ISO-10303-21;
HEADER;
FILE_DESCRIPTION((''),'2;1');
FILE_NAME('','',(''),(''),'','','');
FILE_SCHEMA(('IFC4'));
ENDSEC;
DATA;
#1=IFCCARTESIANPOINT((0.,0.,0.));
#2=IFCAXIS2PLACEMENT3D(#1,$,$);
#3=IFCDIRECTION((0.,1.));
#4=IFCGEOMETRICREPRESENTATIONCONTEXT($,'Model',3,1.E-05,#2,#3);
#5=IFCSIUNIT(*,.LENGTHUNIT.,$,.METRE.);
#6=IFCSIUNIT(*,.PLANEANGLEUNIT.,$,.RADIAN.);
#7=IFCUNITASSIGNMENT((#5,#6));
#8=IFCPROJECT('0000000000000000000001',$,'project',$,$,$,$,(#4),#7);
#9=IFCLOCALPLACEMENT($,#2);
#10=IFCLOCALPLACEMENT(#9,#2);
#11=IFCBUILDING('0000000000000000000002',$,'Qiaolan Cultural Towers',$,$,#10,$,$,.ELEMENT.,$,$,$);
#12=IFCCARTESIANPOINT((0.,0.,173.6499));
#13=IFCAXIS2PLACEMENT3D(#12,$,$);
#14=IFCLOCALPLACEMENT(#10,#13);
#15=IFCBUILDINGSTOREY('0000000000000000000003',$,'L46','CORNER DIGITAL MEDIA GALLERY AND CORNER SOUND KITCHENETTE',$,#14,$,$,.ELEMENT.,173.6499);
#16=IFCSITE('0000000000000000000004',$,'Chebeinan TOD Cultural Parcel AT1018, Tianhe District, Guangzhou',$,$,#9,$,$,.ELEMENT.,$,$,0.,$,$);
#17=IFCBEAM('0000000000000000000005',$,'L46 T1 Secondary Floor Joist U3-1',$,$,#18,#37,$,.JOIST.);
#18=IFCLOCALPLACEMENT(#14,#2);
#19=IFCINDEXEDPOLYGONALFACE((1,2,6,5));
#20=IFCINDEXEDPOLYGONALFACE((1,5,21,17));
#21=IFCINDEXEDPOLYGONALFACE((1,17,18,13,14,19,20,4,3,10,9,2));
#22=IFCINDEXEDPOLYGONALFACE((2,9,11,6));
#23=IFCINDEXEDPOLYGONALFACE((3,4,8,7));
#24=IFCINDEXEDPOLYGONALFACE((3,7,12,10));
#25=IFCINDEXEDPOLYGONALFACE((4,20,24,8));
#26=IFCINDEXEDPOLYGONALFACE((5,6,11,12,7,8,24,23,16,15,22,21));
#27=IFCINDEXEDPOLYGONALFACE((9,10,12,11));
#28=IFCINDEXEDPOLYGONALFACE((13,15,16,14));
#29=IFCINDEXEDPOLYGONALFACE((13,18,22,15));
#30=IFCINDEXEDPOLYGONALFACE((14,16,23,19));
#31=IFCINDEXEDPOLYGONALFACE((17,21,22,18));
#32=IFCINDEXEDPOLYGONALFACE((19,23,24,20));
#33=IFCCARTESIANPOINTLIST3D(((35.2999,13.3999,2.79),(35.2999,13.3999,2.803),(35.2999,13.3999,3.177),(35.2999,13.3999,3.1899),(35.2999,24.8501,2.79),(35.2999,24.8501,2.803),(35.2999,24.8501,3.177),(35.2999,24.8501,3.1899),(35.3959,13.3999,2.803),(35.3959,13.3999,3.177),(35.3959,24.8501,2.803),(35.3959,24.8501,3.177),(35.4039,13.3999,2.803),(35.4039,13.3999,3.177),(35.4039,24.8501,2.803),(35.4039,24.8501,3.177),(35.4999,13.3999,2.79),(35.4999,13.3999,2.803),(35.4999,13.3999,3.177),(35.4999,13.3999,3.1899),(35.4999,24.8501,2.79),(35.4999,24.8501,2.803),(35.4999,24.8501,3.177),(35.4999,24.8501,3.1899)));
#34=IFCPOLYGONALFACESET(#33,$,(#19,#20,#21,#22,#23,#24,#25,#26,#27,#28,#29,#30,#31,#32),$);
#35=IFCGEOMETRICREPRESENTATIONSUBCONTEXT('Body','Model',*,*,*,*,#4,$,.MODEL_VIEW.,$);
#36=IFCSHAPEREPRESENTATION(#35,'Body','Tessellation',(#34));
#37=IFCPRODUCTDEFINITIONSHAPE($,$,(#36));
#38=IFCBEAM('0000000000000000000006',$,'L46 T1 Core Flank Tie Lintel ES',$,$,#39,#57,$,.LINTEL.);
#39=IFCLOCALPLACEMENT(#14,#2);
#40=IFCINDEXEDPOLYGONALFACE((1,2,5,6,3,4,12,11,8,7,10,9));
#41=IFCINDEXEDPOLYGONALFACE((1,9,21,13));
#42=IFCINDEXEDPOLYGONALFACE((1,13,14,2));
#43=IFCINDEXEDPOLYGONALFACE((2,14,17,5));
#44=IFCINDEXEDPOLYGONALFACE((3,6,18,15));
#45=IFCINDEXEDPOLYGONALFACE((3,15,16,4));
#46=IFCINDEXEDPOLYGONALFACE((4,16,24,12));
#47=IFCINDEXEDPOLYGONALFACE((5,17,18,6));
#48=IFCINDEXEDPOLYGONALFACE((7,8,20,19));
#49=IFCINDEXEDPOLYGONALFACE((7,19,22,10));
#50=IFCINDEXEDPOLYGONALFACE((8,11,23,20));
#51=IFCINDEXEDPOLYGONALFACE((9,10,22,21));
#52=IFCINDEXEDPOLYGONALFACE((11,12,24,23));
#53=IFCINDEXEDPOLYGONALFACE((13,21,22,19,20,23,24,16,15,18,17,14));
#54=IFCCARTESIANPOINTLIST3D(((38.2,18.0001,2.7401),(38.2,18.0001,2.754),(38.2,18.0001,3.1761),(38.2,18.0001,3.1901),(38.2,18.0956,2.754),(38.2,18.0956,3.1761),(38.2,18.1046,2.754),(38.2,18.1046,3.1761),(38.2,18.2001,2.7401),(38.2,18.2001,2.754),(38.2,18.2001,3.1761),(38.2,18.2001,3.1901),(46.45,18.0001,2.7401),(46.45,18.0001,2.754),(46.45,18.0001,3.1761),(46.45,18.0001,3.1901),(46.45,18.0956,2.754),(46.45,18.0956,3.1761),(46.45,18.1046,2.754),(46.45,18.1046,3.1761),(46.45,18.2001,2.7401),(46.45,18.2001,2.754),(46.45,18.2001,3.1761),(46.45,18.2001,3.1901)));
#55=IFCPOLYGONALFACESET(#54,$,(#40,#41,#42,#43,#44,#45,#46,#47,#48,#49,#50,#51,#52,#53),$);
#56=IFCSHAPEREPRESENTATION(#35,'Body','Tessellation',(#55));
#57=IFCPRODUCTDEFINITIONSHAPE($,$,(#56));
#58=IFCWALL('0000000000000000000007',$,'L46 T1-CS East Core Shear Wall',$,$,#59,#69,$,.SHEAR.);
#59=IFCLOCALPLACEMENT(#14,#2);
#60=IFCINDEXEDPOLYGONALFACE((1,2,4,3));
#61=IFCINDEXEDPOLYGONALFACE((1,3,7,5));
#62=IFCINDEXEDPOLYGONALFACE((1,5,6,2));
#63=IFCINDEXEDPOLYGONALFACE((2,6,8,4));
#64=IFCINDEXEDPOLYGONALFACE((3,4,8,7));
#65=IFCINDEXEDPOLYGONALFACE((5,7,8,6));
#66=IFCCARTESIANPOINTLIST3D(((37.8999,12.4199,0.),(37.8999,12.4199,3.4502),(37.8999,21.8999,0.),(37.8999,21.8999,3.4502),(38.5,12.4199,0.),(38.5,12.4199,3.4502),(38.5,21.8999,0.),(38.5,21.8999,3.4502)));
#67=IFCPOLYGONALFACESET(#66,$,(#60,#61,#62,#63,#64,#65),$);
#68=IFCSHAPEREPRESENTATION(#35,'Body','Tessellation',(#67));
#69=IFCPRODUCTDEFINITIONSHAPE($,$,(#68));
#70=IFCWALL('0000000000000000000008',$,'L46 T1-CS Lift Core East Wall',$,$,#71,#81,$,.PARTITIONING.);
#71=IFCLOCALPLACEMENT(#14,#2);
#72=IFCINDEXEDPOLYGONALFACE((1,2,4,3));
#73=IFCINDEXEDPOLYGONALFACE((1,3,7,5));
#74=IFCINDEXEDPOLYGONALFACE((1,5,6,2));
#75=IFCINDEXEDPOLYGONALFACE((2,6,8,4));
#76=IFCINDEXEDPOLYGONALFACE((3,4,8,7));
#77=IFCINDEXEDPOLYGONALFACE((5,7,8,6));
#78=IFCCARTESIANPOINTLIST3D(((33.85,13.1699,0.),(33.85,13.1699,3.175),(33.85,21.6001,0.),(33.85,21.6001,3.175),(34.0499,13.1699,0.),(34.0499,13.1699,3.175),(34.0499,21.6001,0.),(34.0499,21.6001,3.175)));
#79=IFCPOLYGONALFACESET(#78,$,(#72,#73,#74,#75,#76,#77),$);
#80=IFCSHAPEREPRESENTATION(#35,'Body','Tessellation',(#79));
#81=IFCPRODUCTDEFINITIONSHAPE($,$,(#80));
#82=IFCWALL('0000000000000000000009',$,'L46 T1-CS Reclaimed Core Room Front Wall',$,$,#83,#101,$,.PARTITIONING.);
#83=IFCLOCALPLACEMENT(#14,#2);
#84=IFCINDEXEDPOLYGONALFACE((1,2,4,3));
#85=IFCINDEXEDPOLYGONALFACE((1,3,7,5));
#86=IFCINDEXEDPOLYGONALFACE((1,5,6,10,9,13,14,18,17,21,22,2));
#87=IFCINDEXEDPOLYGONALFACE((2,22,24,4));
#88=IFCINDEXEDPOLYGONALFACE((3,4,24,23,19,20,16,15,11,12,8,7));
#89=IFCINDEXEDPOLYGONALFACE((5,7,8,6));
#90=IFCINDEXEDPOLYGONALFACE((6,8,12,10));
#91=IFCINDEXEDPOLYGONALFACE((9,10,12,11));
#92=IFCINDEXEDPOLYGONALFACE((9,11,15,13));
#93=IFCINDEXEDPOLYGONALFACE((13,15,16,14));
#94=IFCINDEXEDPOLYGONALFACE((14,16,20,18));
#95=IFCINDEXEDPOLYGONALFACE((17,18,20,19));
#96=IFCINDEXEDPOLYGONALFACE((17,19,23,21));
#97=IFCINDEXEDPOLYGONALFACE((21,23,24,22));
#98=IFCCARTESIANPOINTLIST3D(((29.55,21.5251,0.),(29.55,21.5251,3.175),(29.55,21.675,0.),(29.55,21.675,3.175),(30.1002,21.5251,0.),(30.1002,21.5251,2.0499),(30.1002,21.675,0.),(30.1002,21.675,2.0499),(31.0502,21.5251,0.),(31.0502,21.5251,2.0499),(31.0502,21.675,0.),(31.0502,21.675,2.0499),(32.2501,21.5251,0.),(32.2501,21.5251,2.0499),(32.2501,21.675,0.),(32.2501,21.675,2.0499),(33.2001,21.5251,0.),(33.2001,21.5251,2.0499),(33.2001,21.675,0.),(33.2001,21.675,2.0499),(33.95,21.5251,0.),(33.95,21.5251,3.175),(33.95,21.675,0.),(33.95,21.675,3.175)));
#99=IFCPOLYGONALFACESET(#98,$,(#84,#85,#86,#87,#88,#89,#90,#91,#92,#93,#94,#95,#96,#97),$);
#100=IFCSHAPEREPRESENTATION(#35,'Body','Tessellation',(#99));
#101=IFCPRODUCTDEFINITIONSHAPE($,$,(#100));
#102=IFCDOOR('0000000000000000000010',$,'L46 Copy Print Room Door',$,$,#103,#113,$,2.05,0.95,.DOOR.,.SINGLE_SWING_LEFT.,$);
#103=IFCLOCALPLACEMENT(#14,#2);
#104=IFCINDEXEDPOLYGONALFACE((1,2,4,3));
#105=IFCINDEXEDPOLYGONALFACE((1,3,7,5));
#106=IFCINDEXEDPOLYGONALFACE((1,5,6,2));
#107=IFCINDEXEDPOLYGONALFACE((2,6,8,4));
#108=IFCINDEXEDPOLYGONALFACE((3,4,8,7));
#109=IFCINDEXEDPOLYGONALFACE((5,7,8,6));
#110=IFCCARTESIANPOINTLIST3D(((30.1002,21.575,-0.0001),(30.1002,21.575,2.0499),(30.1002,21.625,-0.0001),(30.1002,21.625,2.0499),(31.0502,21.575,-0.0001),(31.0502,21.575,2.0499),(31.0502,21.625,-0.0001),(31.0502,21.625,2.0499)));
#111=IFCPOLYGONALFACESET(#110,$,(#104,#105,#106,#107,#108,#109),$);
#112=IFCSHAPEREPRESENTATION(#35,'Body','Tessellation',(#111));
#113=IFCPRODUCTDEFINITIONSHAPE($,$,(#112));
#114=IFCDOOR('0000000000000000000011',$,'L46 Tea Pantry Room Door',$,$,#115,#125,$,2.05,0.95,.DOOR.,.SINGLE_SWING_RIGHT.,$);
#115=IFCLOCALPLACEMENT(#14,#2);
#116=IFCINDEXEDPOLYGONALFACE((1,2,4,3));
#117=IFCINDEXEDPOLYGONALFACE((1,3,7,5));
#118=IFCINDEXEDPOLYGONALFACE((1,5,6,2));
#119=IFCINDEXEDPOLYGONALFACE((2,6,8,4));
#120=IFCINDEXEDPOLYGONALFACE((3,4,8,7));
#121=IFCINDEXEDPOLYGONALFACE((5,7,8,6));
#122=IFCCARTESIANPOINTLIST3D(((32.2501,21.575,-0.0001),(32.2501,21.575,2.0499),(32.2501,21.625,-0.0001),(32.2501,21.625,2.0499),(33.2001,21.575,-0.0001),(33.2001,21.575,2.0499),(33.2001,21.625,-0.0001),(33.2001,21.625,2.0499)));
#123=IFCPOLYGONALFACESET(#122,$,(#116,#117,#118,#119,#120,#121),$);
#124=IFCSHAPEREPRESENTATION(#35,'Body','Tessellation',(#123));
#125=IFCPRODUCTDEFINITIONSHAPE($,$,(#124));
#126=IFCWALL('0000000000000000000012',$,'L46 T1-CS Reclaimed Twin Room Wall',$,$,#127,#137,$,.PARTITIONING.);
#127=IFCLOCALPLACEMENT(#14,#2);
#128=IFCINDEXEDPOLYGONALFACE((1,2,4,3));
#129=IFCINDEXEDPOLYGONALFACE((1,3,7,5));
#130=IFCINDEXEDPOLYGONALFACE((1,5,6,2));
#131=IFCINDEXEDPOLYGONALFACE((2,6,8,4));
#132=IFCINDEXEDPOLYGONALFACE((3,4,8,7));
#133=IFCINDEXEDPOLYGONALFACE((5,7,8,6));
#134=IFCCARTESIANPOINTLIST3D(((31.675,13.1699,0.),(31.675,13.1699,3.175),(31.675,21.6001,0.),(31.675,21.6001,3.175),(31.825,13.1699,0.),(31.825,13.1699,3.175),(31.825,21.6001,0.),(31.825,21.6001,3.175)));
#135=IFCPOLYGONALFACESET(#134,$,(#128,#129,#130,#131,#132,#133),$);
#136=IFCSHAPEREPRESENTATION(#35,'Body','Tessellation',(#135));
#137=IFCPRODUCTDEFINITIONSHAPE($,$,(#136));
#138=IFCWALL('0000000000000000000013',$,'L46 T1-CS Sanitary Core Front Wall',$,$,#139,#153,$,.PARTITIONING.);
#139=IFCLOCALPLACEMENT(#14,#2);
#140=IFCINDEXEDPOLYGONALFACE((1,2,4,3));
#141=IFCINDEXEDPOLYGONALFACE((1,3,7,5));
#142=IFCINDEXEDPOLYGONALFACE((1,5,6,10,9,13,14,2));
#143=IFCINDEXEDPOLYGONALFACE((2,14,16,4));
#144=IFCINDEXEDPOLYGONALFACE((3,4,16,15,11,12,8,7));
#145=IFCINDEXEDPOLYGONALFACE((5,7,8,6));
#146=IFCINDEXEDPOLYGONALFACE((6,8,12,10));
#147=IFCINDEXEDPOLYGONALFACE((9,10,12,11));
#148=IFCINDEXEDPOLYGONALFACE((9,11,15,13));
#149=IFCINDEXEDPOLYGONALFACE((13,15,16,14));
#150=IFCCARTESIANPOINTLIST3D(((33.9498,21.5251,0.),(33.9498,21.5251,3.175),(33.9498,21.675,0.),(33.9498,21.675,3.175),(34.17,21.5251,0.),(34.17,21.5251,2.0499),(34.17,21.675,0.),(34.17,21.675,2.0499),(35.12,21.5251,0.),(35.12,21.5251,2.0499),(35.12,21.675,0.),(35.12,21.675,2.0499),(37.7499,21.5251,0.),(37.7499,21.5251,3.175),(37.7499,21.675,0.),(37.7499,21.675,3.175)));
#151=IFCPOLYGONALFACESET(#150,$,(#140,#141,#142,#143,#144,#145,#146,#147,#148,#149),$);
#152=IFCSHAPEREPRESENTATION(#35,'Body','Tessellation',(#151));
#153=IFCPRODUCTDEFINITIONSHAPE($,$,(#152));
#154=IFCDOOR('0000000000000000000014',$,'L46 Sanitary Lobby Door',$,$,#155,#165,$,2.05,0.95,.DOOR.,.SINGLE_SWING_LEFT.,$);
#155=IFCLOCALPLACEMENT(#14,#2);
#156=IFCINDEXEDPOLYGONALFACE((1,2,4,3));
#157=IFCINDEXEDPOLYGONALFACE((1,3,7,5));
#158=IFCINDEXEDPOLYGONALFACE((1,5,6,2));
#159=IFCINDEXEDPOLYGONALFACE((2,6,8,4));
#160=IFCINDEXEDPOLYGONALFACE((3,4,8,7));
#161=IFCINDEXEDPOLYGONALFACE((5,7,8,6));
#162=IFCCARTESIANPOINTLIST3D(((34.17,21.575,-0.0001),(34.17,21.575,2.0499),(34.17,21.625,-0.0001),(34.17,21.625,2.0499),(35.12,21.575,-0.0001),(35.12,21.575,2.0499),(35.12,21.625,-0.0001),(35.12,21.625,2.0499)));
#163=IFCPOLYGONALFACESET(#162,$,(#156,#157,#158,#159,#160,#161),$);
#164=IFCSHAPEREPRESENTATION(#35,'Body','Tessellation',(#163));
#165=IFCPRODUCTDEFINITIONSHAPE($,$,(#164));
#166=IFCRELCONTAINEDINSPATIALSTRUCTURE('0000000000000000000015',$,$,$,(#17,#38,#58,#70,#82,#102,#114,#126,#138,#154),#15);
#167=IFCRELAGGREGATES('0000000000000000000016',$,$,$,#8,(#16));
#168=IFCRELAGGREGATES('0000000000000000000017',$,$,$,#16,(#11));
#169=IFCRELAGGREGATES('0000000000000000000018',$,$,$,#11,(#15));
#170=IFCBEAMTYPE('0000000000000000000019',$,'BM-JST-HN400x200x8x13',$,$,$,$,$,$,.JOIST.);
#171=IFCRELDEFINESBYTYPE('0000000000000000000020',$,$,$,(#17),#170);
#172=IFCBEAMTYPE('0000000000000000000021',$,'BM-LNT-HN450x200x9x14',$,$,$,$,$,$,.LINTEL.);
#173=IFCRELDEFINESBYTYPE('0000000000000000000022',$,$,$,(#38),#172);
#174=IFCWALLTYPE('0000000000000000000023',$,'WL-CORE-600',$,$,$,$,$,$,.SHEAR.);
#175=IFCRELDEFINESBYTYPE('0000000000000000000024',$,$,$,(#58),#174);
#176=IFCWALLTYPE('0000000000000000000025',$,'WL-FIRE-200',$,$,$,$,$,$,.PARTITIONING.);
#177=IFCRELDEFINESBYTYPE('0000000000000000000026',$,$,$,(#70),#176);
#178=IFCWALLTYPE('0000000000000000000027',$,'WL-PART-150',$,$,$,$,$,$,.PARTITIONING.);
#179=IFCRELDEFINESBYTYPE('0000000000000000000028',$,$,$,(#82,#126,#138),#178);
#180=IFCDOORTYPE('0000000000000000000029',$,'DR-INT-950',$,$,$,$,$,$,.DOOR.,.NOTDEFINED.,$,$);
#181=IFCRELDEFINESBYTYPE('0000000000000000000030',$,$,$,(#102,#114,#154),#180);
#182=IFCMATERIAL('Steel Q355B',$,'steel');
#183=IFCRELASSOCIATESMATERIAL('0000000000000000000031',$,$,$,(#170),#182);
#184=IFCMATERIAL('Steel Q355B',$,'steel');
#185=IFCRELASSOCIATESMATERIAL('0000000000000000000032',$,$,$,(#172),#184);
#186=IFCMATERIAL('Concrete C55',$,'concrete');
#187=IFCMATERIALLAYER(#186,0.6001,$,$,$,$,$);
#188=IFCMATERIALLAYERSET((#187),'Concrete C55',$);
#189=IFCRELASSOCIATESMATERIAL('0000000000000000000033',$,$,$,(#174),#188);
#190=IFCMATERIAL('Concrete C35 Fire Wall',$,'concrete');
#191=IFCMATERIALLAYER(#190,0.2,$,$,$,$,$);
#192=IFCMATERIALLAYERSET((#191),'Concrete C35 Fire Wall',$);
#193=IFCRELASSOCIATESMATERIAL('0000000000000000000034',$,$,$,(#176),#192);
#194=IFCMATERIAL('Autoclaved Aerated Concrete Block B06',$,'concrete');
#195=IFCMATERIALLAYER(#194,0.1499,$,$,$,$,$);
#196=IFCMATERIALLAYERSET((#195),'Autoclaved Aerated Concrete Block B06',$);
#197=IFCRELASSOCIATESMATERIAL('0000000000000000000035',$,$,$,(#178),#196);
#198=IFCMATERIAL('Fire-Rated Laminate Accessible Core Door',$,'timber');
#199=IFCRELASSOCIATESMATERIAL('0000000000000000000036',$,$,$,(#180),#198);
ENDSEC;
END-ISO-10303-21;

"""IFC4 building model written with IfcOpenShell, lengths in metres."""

from ifc_helpers import new_model, si_unit, direction, frame, frame_2d, origin, origin_2d, place, context, subcontext, project, spatial, rectangle, i_section, extrude, material, layer, layer_set, material_profile, profile_set, type_object, element, fill, save


model = new_model("IFC4")

# Units and contexts
model_context = context("Model", 3, precision=1e-05, world=origin(), true_north=direction((0.0, 1.0)))
body_context = subcontext(model_context, "Body", "Model", "MODEL_VIEW")
ifc_project = project(units=[si_unit("LENGTHUNIT", "METRE"), si_unit("PLANEANGLEUNIT", "RADIAN")], contexts=[model_context])

# Site, building, storey
site_placement = place(None, origin())
site = spatial("IfcSite", under=ifc_project, at=site_placement, Name="Chebeinan TOD Cultural Parcel AT1018, Tianhe District, Guangzhou", CompositionType="ELEMENT", RefElevation=0.0)
building_placement = place(site_placement, origin())
building = spatial("IfcBuilding", under=site, at=building_placement, Name="Qiaolan Cultural Towers", CompositionType="ELEMENT")
storey_placement = place(building_placement, frame((0.0, 0.0, 173.6499)))
storey = spatial("IfcBuildingStorey", under=building, at=storey_placement, Name="L46", Description="CORNER DIGITAL MEDIA GALLERY AND CORNER SOUND KITCHENETTE", CompositionType="ELEMENT", Elevation=173.6499)

# Beams
ifc_material_1 = material(Name="Steel Q355B", Category="steel")
ifc_material_profile_1 = material_profile(ifc_material_1, i_section(OverallWidth=0.2, OverallDepth=0.3999, WebThickness=0.0081, FlangeThickness=0.0129, at=origin_2d()), Name="HN400x200x8x13")
ifc_profile_set_1 = profile_set([ifc_material_profile_1], Name="Steel Q355B")
beam_type_1 = type_object("IfcBeamType", Name="BM-JST-HN400x200x8x13", PredefinedType="JOIST", material=ifc_profile_set_1)
beam_1_placement = place(storey_placement, frame((35.3999, 13.3999, 2.99), z_axis=(0.0, 1.0, 0.0), x_axis=(-1.0, 0.0, 0.0)))
element("IfcBeam", 1, at=beam_1_placement, inside=storey, type_object=beam_type_1, Name="L46 T1 Secondary Floor Joist U3-1", PredefinedType="JOIST", context=body_context, shape_type="SweptSolid", body=[
    extrude(i_section(OverallWidth=0.2, OverallDepth=0.3999, WebThickness=0.0081, FlangeThickness=0.0129, at=origin_2d()), origin(), (0.0, 0.0, 1.0), 11.4502),
])
ifc_material_2 = material(Name="Steel Q355B", Category="steel")
ifc_material_profile_2 = material_profile(ifc_material_2, i_section(OverallWidth=0.2, OverallDepth=0.45, WebThickness=0.009, FlangeThickness=0.0139, at=origin_2d()), Name="HN450x200x9x14")
ifc_profile_set_2 = profile_set([ifc_material_profile_2], Name="Steel Q355B")
beam_type_2 = type_object("IfcBeamType", Name="BM-LNT-HN450x200x9x14", PredefinedType="LINTEL", material=ifc_profile_set_2)
beam_2_placement = place(storey_placement, frame((38.2, 18.1001, 2.9651), z_axis=(1.0, 0.0, 0.0), x_axis=(0.0, 1.0, 0.0)))
element("IfcBeam", 2, at=beam_2_placement, inside=storey, type_object=beam_type_2, Name="L46 T1 Core Flank Tie Lintel ES", PredefinedType="LINTEL", context=body_context, shape_type="SweptSolid", body=[
    extrude(i_section(OverallWidth=0.2, OverallDepth=0.45, WebThickness=0.009, FlangeThickness=0.0139, at=origin_2d()), origin(), (0.0, 0.0, 1.0), 8.25),
])

# Walls
ifc_material_3 = material(Name="Concrete C55", Category="concrete")
ifc_layer_1 = layer(ifc_material_3, 0.6001)
ifc_layer_set_1 = layer_set([ifc_layer_1], Name="Concrete C55")
wall_type_1 = type_object("IfcWallType", Name="WL-CORE-600", PredefinedType="SHEAR", material=ifc_layer_set_1)
wall_1_placement = place(storey_placement, frame((38.2, 21.8999, 0.0), z_axis=(0.0, 0.0, 1.0), x_axis=(0.0, -1.0, 0.0)))
element("IfcWall", 3, at=wall_1_placement, inside=storey, type_object=wall_type_1, Name="L46 T1-CS East Core Shear Wall", PredefinedType="SHEAR", context=body_context, shape_type="SweptSolid", body=[
    extrude(rectangle(XDim=9.48, YDim=0.6001, at=frame_2d((4.74, 0.0))), origin(), (0.0, 0.0, 1.0), 3.4502),
])
ifc_material_4 = material(Name="Concrete C35 Fire Wall", Category="concrete")
ifc_layer_2 = layer(ifc_material_4, 0.2)
ifc_layer_set_2 = layer_set([ifc_layer_2], Name="Concrete C35 Fire Wall")
wall_type_2 = type_object("IfcWallType", Name="WL-FIRE-200", PredefinedType="PARTITIONING", material=ifc_layer_set_2)
wall_2_placement = place(storey_placement, frame((33.95, 21.6001, 0.0), z_axis=(0.0, 0.0, 1.0), x_axis=(0.0, -1.0, 0.0)))
element("IfcWall", 4, at=wall_2_placement, inside=storey, type_object=wall_type_2, Name="L46 T1-CS Lift Core East Wall", PredefinedType="PARTITIONING", context=body_context, shape_type="SweptSolid", body=[
    extrude(rectangle(XDim=8.4302, YDim=0.2, at=frame_2d((4.2151, 0.0))), origin(), (0.0, 0.0, 1.0), 3.175),
])

# Wall, openings, doors
ifc_material_5 = material(Name="Autoclaved Aerated Concrete Block B06", Category="concrete")
ifc_layer_3 = layer(ifc_material_5, 0.1499)
ifc_layer_set_3 = layer_set([ifc_layer_3], Name="Autoclaved Aerated Concrete Block B06")
wall_type_3 = type_object("IfcWallType", Name="WL-PART-150", PredefinedType="PARTITIONING", material=ifc_layer_set_3)
wall_3_placement = place(storey_placement, frame((29.55, 21.6001, 0.0), z_axis=(0.0, 0.0, 1.0), x_axis=(1.0, 0.0, 0.0)))
wall_3 = element("IfcWall", 5, at=wall_3_placement, inside=storey, type_object=wall_type_3, Name="L46 T1-CS Reclaimed Core Room Front Wall", PredefinedType="PARTITIONING", context=body_context, shape_type="SweptSolid", body=[
    extrude(rectangle(XDim=4.3999, YDim=0.1499, at=frame_2d((2.2, 0.0))), origin(), (0.0, 0.0, 1.0), 3.175),
])
opening_1_placement = place(wall_3_placement, frame((0.55, 0.0, 0.0)))
opening_1 = element("IfcOpeningElement", 6, at=opening_1_placement, cuts=wall_3, PredefinedType="OPENING", context=body_context, shape_type="SweptSolid", body=[
    extrude(rectangle(XDim=0.95, YDim=2.05, at=frame_2d((0.4751, 1.0249))), frame((0.0, 0.085, 0.0), z_axis=(0.0, -1.0, 0.0), x_axis=(1.0, 0.0, 0.0)), (0.0, 0.0, 1.0), 0.1699),
])
opening_2_placement = place(wall_3_placement, frame((2.7, 0.0, 0.0)))
opening_2 = element("IfcOpeningElement", 7, at=opening_2_placement, cuts=wall_3, PredefinedType="OPENING", context=body_context, shape_type="SweptSolid", body=[
    extrude(rectangle(XDim=0.95, YDim=2.05, at=frame_2d((0.4751, 1.0249))), frame((0.0, 0.085, 0.0), z_axis=(0.0, -1.0, 0.0), x_axis=(1.0, 0.0, 0.0)), (0.0, 0.0, 1.0), 0.1699),
])
ifc_material_6 = material(Name="Fire-Rated Laminate Accessible Core Door", Category="timber")
door_type_1 = type_object("IfcDoorType", Name="DR-INT-950", OperationType="NOTDEFINED", PredefinedType="DOOR", material=ifc_material_6)
door_1_placement = place(opening_1_placement, origin())
door_1 = element("IfcDoor", 8, at=door_1_placement, inside=storey, type_object=door_type_1, Name="L46 Copy Print Room Door", OperationType="SINGLE_SWING_LEFT", OverallHeight=2.05, OverallWidth=0.95, PredefinedType="DOOR", context=body_context, shape_type="SweptSolid", body=[
    extrude(rectangle(XDim=0.95, YDim=2.05, at=frame_2d((0.4751, 1.0249))), frame((0.0, 0.0249, 0.0), z_axis=(0.0, -1.0, 0.0), x_axis=(1.0, 0.0, 0.0)), (0.0, 0.0, 1.0), 0.05),
])
fill(opening_1, door_1)
door_2_placement = place(opening_2_placement, origin())
door_2 = element("IfcDoor", 9, at=door_2_placement, inside=storey, type_object=door_type_1, Name="L46 Tea Pantry Room Door", OperationType="SINGLE_SWING_RIGHT", OverallHeight=2.05, OverallWidth=0.95, PredefinedType="DOOR", context=body_context, shape_type="SweptSolid", body=[
    extrude(rectangle(XDim=0.95, YDim=2.05, at=frame_2d((0.4751, 1.0249))), frame((0.0, 0.0249, 0.0), z_axis=(0.0, -1.0, 0.0), x_axis=(1.0, 0.0, 0.0)), (0.0, 0.0, 1.0), 0.05),
])
fill(opening_2, door_2)

# Wall
wall_4_placement = place(storey_placement, frame((31.75, 21.6001, 0.0), z_axis=(0.0, 0.0, 1.0), x_axis=(0.0, -1.0, 0.0)))
element("IfcWall", 10, at=wall_4_placement, inside=storey, type_object=wall_type_3, Name="L46 T1-CS Reclaimed Twin Room Wall", PredefinedType="PARTITIONING", context=body_context, shape_type="SweptSolid", body=[
    extrude(rectangle(XDim=8.4302, YDim=0.1499, at=frame_2d((4.2151, 0.0))), origin(), (0.0, 0.0, 1.0), 3.175),
])

# Wall, opening, door
wall_5_placement = place(storey_placement, frame((33.95, 21.6001, 0.0), z_axis=(0.0, 0.0, 1.0), x_axis=(1.0, 0.0, 0.0)))
wall_5 = element("IfcWall", 11, at=wall_5_placement, inside=storey, type_object=wall_type_3, Name="L46 T1-CS Sanitary Core Front Wall", PredefinedType="PARTITIONING", context=body_context, shape_type="SweptSolid", body=[
    extrude(rectangle(XDim=3.8, YDim=0.1499, at=frame_2d((1.8999, 0.0))), origin(), (0.0, 0.0, 1.0), 3.175),
])
opening_3_placement = place(wall_5_placement, frame((0.22, 0.0, 0.0)))
opening_3 = element("IfcOpeningElement", 12, at=opening_3_placement, cuts=wall_5, PredefinedType="OPENING", context=body_context, shape_type="SweptSolid", body=[
    extrude(rectangle(XDim=0.95, YDim=2.05, at=frame_2d((0.4751, 1.0249))), frame((0.0, 0.085, 0.0), z_axis=(0.0, -1.0, 0.0), x_axis=(1.0, 0.0, 0.0)), (0.0, 0.0, 1.0), 0.1699),
])
door_3_placement = place(opening_3_placement, origin())
door_3 = element("IfcDoor", 13, at=door_3_placement, inside=storey, type_object=door_type_1, Name="L46 Sanitary Lobby Door", OperationType="SINGLE_SWING_LEFT", OverallHeight=2.05, OverallWidth=0.95, PredefinedType="DOOR", context=body_context, shape_type="SweptSolid", body=[
    extrude(rectangle(XDim=0.95, YDim=2.05, at=frame_2d((0.4751, 1.0249))), frame((0.0, 0.0249, 0.0), z_axis=(0.0, -1.0, 0.0), x_axis=(1.0, 0.0, 0.0)), (0.0, 0.0, 1.0), 0.05),
])
fill(opening_3, door_3)

save(model, "model.ifc")
